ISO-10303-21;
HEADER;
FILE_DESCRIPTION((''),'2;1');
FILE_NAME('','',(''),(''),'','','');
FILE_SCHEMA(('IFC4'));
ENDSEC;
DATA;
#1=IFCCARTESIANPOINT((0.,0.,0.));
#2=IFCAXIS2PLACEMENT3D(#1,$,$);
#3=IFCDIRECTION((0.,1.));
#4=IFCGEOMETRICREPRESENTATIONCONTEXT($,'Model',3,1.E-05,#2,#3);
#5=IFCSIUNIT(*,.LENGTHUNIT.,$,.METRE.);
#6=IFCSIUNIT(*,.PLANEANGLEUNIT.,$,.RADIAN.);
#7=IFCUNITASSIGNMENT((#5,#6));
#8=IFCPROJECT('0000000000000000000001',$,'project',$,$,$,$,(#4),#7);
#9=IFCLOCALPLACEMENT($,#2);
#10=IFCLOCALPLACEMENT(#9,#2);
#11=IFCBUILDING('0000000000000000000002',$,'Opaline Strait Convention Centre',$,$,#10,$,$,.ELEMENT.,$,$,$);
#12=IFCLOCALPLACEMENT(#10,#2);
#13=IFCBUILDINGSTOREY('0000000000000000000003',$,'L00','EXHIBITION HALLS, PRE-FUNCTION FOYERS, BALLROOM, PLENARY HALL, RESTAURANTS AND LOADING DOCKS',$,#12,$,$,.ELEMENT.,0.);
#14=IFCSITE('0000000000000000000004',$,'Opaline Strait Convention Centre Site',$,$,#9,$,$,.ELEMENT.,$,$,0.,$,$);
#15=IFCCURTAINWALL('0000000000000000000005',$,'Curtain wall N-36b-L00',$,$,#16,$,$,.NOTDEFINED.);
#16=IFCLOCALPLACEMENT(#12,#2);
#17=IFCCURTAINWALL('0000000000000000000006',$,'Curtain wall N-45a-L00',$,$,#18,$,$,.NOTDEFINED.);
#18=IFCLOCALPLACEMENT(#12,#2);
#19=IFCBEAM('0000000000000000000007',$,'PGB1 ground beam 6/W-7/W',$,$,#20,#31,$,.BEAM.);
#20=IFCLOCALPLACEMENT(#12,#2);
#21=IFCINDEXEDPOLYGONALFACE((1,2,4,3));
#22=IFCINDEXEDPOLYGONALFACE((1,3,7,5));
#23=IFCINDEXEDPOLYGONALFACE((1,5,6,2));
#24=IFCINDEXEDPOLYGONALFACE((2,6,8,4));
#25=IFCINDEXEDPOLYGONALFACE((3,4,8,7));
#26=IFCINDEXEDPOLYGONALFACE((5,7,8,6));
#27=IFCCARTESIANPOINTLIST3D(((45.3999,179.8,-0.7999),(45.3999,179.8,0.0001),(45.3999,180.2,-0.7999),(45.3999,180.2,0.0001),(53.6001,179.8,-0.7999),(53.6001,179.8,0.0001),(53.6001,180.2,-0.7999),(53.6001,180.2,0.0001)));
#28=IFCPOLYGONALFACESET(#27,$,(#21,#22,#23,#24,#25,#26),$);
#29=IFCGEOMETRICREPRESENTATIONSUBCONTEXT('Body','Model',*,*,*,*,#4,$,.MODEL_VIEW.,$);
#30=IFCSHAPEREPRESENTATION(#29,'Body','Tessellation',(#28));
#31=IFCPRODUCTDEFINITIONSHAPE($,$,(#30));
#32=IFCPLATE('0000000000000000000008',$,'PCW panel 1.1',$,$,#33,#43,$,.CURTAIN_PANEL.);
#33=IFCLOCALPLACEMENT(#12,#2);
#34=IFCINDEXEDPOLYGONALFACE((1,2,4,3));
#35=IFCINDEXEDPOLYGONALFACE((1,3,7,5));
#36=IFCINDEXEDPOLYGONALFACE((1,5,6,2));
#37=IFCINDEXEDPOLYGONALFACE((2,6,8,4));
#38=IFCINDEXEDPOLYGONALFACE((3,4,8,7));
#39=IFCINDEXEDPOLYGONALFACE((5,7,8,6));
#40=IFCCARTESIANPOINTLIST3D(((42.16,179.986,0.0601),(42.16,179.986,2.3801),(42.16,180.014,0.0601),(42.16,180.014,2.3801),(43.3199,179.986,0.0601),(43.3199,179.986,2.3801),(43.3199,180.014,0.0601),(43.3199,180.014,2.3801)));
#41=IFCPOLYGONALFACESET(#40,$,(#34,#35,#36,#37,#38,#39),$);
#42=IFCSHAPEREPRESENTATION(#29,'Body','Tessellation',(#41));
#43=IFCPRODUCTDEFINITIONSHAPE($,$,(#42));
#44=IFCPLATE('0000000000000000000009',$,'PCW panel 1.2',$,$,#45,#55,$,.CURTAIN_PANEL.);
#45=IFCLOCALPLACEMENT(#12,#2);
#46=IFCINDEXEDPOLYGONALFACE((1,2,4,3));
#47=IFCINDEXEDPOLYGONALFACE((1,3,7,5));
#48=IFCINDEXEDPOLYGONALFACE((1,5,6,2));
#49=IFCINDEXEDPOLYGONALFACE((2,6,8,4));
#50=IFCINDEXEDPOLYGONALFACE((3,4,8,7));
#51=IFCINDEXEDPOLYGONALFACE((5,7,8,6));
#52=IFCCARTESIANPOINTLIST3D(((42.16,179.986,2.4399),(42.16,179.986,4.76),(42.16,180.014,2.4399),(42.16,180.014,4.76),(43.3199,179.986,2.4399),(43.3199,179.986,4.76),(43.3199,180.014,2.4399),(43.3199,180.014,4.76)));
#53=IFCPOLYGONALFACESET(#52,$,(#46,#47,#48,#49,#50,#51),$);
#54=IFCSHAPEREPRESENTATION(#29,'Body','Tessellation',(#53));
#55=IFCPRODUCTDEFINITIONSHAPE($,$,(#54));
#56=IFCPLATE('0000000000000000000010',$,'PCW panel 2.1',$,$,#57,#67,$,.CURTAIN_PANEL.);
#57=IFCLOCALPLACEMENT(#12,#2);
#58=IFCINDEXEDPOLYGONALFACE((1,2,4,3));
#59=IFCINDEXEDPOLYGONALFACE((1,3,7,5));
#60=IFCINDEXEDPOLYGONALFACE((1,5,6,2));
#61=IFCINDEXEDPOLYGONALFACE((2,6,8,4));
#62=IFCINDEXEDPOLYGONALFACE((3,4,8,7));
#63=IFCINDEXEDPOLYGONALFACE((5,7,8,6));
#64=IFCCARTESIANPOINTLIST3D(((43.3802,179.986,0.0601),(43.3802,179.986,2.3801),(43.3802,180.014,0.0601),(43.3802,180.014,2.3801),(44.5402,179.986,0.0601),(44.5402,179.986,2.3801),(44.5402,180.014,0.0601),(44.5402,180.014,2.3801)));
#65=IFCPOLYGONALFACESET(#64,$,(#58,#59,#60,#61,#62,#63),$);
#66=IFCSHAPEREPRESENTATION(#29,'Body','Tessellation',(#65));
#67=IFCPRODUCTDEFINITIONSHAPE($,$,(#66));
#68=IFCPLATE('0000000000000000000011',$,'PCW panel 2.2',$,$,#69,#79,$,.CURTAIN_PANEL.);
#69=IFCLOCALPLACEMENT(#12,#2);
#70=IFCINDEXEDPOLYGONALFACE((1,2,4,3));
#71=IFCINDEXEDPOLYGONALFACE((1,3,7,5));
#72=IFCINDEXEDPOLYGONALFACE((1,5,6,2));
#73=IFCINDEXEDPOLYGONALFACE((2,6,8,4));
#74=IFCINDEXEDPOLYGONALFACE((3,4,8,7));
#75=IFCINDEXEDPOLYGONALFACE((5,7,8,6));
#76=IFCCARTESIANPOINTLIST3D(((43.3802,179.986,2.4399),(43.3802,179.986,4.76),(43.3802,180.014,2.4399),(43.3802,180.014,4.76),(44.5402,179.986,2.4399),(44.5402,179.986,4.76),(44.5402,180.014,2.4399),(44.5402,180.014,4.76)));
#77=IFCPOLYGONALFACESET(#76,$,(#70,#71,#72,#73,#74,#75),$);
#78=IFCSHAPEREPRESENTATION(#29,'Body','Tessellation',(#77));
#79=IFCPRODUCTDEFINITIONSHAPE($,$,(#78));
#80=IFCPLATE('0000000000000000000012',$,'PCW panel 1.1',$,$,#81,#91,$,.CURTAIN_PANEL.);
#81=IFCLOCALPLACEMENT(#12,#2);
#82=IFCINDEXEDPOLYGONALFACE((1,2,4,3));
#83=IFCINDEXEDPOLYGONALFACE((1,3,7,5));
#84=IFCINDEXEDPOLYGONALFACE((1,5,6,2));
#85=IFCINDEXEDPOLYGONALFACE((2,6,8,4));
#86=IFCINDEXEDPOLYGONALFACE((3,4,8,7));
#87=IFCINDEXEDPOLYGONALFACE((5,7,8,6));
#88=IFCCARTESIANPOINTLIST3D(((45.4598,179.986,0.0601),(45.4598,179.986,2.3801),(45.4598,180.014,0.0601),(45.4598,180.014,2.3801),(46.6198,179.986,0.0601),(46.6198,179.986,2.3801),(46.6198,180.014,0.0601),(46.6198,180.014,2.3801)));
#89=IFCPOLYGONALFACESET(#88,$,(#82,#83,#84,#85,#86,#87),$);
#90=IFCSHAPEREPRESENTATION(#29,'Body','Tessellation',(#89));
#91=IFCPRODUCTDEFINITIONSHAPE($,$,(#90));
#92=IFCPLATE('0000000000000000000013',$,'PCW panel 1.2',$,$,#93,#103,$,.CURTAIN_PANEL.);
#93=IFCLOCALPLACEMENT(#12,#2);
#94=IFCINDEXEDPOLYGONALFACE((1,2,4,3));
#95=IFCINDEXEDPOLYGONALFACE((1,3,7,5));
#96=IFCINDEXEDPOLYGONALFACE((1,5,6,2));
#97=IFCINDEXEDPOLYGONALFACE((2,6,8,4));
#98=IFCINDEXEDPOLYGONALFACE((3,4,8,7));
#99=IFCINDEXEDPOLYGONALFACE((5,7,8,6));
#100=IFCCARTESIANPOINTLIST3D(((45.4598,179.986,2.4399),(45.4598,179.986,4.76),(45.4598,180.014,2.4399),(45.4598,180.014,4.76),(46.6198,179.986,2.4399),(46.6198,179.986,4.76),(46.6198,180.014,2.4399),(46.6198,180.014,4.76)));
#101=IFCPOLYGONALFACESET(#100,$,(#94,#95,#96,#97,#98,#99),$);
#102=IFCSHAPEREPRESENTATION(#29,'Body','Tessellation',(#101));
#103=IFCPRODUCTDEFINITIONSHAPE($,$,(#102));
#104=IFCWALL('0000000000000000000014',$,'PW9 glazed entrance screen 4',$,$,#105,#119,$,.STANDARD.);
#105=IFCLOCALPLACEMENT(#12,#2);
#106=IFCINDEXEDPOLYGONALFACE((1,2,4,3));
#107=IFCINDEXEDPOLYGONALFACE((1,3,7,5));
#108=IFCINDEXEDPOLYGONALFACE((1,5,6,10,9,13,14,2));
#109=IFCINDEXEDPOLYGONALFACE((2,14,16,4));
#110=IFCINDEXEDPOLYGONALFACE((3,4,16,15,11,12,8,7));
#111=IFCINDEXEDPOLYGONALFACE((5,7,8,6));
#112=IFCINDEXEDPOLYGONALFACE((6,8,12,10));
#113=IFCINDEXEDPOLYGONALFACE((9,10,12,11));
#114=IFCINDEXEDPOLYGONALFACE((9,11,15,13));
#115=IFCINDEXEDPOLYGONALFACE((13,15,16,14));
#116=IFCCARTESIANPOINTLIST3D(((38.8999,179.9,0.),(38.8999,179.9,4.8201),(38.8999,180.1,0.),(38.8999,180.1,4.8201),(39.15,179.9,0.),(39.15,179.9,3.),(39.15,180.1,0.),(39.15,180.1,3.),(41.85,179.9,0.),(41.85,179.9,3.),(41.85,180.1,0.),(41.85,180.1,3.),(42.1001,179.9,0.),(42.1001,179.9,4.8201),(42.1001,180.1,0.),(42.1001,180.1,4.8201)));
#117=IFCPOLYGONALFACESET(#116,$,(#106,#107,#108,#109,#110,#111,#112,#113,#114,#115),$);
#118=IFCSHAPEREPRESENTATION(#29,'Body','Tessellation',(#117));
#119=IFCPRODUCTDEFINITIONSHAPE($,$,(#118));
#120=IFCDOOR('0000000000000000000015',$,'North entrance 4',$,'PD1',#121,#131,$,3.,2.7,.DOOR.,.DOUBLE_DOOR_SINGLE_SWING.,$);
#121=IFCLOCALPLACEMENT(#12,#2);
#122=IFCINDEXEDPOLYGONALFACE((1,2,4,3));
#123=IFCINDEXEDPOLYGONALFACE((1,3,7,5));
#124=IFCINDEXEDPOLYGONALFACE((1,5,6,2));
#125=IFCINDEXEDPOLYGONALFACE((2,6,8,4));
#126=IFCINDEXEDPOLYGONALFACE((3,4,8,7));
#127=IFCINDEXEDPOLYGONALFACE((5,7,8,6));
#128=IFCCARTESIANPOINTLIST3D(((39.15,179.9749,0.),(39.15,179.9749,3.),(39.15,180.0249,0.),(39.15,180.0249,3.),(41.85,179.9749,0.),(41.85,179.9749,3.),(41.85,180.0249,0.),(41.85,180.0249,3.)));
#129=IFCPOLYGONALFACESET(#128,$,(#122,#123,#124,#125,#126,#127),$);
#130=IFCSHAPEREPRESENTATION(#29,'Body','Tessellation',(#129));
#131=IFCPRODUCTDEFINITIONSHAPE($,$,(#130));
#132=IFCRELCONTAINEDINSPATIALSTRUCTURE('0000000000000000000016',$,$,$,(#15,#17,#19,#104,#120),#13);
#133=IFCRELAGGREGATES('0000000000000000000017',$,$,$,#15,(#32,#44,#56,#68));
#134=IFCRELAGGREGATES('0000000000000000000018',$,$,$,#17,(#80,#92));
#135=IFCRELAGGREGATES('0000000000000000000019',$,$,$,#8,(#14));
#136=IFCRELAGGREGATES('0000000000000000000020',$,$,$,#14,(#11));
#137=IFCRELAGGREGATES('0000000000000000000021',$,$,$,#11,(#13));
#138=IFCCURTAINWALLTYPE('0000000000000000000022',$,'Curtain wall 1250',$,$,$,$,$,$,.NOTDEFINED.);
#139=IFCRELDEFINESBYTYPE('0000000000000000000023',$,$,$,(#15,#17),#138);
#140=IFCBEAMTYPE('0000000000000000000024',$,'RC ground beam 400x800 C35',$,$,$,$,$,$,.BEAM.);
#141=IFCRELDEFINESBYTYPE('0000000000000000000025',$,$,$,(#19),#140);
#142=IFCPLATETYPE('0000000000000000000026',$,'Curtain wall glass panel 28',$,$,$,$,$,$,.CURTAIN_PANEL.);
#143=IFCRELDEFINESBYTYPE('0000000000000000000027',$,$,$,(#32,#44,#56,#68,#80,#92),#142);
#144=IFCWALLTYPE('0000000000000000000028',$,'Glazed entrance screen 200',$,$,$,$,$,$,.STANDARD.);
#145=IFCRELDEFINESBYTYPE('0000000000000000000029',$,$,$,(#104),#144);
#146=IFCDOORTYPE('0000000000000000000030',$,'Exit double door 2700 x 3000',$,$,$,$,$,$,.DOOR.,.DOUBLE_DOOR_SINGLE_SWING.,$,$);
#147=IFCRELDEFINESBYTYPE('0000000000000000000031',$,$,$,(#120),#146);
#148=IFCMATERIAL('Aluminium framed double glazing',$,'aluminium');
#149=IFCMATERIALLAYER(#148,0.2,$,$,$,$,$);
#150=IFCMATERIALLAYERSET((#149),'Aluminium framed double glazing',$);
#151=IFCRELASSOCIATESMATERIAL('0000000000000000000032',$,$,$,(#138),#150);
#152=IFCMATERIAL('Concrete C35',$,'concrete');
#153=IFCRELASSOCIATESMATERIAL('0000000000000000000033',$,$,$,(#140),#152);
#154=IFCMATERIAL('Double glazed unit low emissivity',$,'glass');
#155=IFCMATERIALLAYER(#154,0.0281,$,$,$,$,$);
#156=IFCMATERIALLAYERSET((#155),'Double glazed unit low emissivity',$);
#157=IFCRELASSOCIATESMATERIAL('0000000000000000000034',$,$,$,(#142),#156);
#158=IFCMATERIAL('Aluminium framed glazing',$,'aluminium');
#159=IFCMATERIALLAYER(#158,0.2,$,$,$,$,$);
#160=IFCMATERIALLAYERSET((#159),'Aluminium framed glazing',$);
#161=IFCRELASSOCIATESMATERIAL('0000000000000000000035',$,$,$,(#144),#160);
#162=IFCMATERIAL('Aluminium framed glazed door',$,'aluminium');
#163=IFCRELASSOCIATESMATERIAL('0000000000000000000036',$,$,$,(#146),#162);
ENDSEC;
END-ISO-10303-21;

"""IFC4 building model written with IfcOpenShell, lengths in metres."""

from ifc_helpers import new_model, si_unit, direction, frame, frame_2d, origin, origin_2d, place, context, subcontext, project, spatial, rectangle, extrude, material, layer, layer_set, material_profile, profile_set, type_object, element, fill, aggregate, save


model = new_model("IFC4")

# Units and contexts
model_context = context("Model", 3, precision=1e-05, world=origin(), true_north=direction((0.0, 1.0)))
body_context = subcontext(model_context, "Body", "Model", "MODEL_VIEW")
ifc_project = project(units=[si_unit("LENGTHUNIT", "METRE"), si_unit("PLANEANGLEUNIT", "RADIAN")], contexts=[model_context])

# Site, building, storey
site_placement = place(None, origin())
site = spatial("IfcSite", under=ifc_project, at=site_placement, Name="Opaline Strait Convention Centre Site", CompositionType="ELEMENT", RefElevation=0.0)
building_placement = place(site_placement, origin())
building = spatial("IfcBuilding", under=site, at=building_placement, Name="Opaline Strait Convention Centre", CompositionType="ELEMENT")
storey_placement = place(building_placement, origin())
storey = spatial("IfcBuildingStorey", under=building, at=storey_placement, Name="L00", Description="EXHIBITION HALLS, PRE-FUNCTION FOYERS, BALLROOM, PLENARY HALL, RESTAURANTS AND LOADING DOCKS", CompositionType="ELEMENT", Elevation=0.0)

# Shared definitions
ifc_material_1 = material(Name="Concrete C35", Category="concrete")

# Curtain wall
ifc_material_2 = material(Name="Aluminium framed double glazing", Category="aluminium")
ifc_layer_1 = layer(ifc_material_2, 0.2)
ifc_layer_set_1 = layer_set([ifc_layer_1], Name="Aluminium framed double glazing")
curtain_wall_type = type_object("IfcCurtainWallType", Name="Curtain wall 1250", PredefinedType="NOTDEFINED", material=ifc_layer_set_1)
curtain_wall_1_placement = place(storey_placement, origin())
curtain_wall_1 = element("IfcCurtainWall", 1, at=curtain_wall_1_placement, inside=storey, type_object=curtain_wall_type, Name="Curtain wall N-36b-L00", PredefinedType="NOTDEFINED")

# Curtain wall
curtain_wall_2_placement = place(storey_placement, origin())
curtain_wall_2 = element("IfcCurtainWall", 2, at=curtain_wall_2_placement, inside=storey, type_object=curtain_wall_type, Name="Curtain wall N-45a-L00", PredefinedType="NOTDEFINED")

# Beam
ifc_material_profile_1 = material_profile(ifc_material_1, rectangle(XDim=0.3999, YDim=0.8, at=origin_2d()), Name="RC 400x800")
ifc_profile_set_1 = profile_set([ifc_material_profile_1], Name="Concrete C35")
beam_type = type_object("IfcBeamType", Name="RC ground beam 400x800 C35", PredefinedType="BEAM", material=ifc_profile_set_1)
beam_placement = place(storey_placement, frame((45.3999, 180.0, -0.3999), z_axis=(1.0, 0.0, 0.0), x_axis=(0.0, 1.0, 0.0)))
element("IfcBeam", 3, at=beam_placement, inside=storey, type_object=beam_type, Name="PGB1 ground beam 6/W-7/W", PredefinedType="BEAM", context=body_context, shape_type="SweptSolid", body=[
    extrude(rectangle(XDim=0.3999, YDim=0.8, at=origin_2d()), origin(), (0.0, 0.0, 1.0), 8.2002),
])

# Plates
ifc_material_3 = material(Name="Double glazed unit low emissivity", Category="glass")
ifc_layer_2 = layer(ifc_material_3, 0.0281)
ifc_layer_set_2 = layer_set([ifc_layer_2], Name="Double glazed unit low emissivity")
plate_type = type_object("IfcPlateType", Name="Curtain wall glass panel 28", PredefinedType="CURTAIN_PANEL", material=ifc_layer_set_2)
plate_1_placement = place(storey_placement, frame((42.74, 180.0, 0.0601), z_axis=(0.0, 0.0, 1.0), x_axis=(1.0, 0.0, 0.0)))
plate_1 = element("IfcPlate", 4, at=plate_1_placement, type_object=plate_type, Name="PCW panel 1.1", PredefinedType="CURTAIN_PANEL", context=body_context, shape_type="SweptSolid", body=[
    extrude(rectangle(XDim=1.1599, YDim=0.0281, at=origin_2d()), origin(), (0.0, 0.0, 1.0), 2.3201),
])
plate_2_placement = place(storey_placement, frame((42.74, 180.0, 2.4399), z_axis=(0.0, 0.0, 1.0), x_axis=(1.0, 0.0, 0.0)))
plate_2 = element("IfcPlate", 5, at=plate_2_placement, type_object=plate_type, Name="PCW panel 1.2", PredefinedType="CURTAIN_PANEL", context=body_context, shape_type="SweptSolid", body=[
    extrude(rectangle(XDim=1.1599, YDim=0.0281, at=origin_2d()), origin(), (0.0, 0.0, 1.0), 2.3201),
])
plate_3_placement = place(storey_placement, frame((43.9602, 180.0, 0.0601), z_axis=(0.0, 0.0, 1.0), x_axis=(1.0, 0.0, 0.0)))
plate_3 = element("IfcPlate", 6, at=plate_3_placement, type_object=plate_type, Name="PCW panel 2.1", PredefinedType="CURTAIN_PANEL", context=body_context, shape_type="SweptSolid", body=[
    extrude(rectangle(XDim=1.1599, YDim=0.0281, at=origin_2d()), origin(), (0.0, 0.0, 1.0), 2.3201),
])
plate_4_placement = place(storey_placement, frame((43.9602, 180.0, 2.4399), z_axis=(0.0, 0.0, 1.0), x_axis=(1.0, 0.0, 0.0)))
plate_4 = element("IfcPlate", 7, at=plate_4_placement, type_object=plate_type, Name="PCW panel 2.2", PredefinedType="CURTAIN_PANEL", context=body_context, shape_type="SweptSolid", body=[
    extrude(rectangle(XDim=1.1599, YDim=0.0281, at=origin_2d()), origin(), (0.0, 0.0, 1.0), 2.3201),
])
aggregate(curtain_wall_1, [plate_1, plate_2, plate_3, plate_4])
plate_5_placement = place(storey_placement, frame((46.0398, 180.0, 0.0601), z_axis=(0.0, 0.0, 1.0), x_axis=(1.0, 0.0, 0.0)))
plate_5 = element("IfcPlate", 8, at=plate_5_placement, type_object=plate_type, Name="PCW panel 1.1", PredefinedType="CURTAIN_PANEL", context=body_context, shape_type="SweptSolid", body=[
    extrude(rectangle(XDim=1.1599, YDim=0.0281, at=origin_2d()), origin(), (0.0, 0.0, 1.0), 2.3201),
])
plate_6_placement = place(storey_placement, frame((46.0398, 180.0, 2.4399), z_axis=(0.0, 0.0, 1.0), x_axis=(1.0, 0.0, 0.0)))
plate_6 = element("IfcPlate", 9, at=plate_6_placement, type_object=plate_type, Name="PCW panel 1.2", PredefinedType="CURTAIN_PANEL", context=body_context, shape_type="SweptSolid", body=[
    extrude(rectangle(XDim=1.1599, YDim=0.0281, at=origin_2d()), origin(), (0.0, 0.0, 1.0), 2.3201),
])
aggregate(curtain_wall_2, [plate_5, plate_6])

# Wall, opening, door
ifc_material_4 = material(Name="Aluminium framed glazing", Category="aluminium")
ifc_layer_3 = layer(ifc_material_4, 0.2)
ifc_layer_set_3 = layer_set([ifc_layer_3], Name="Aluminium framed glazing")
wall_type = type_object("IfcWallType", Name="Glazed entrance screen 200", PredefinedType="STANDARD", material=ifc_layer_set_3)
wall_placement = place(storey_placement, frame((38.8999, 180.0, 0.0), z_axis=(0.0, 0.0, 1.0), x_axis=(1.0, 0.0, 0.0)))
wall = element("IfcWall", 10, at=wall_placement, inside=storey, type_object=wall_type, Name="PW9 glazed entrance screen 4", PredefinedType="STANDARD", context=body_context, shape_type="SweptSolid", body=[
    extrude(rectangle(XDim=3.2002, YDim=0.2, at=frame_2d((1.6001, 0.0))), origin(), (0.0, 0.0, 1.0), 4.8201),
])
opening_placement = place(wall_placement, frame((0.25, 0.0, 0.0)))
opening = element("IfcOpeningElement", 11, at=opening_placement, cuts=wall, PredefinedType="OPENING", context=body_context, shape_type="SweptSolid", body=[
    extrude(rectangle(XDim=2.7, YDim=3.0, at=frame_2d((1.3501, 1.5))), frame((0.0, 0.1099, 0.0), z_axis=(0.0, -1.0, 0.0), x_axis=(1.0, 0.0, 0.0)), (0.0, 0.0, 1.0), 0.22),
])
ifc_material_5 = material(Name="Aluminium framed glazed door", Category="aluminium")
door_type = type_object("IfcDoorType", Name="Exit double door 2700 x 3000", OperationType="DOUBLE_DOOR_SINGLE_SWING", PredefinedType="DOOR", material=ifc_material_5)
door_placement = place(opening_placement, origin())
door = element("IfcDoor", 12, at=door_placement, inside=storey, type_object=door_type, Name="North entrance 4", ObjectType="PD1", OperationType="DOUBLE_DOOR_SINGLE_SWING", OverallHeight=3.0, OverallWidth=2.7, PredefinedType="DOOR", context=body_context, shape_type="SweptSolid", body=[
    extrude(rectangle(XDim=2.7, YDim=3.0, at=frame_2d((1.3501, 1.5))), frame((0.0, 0.0249, 0.0), z_axis=(0.0, -1.0, 0.0), x_axis=(1.0, 0.0, 0.0)), (0.0, 0.0, 1.0), 0.05),
])
fill(opening, door)

save(model, "model.ifc")
